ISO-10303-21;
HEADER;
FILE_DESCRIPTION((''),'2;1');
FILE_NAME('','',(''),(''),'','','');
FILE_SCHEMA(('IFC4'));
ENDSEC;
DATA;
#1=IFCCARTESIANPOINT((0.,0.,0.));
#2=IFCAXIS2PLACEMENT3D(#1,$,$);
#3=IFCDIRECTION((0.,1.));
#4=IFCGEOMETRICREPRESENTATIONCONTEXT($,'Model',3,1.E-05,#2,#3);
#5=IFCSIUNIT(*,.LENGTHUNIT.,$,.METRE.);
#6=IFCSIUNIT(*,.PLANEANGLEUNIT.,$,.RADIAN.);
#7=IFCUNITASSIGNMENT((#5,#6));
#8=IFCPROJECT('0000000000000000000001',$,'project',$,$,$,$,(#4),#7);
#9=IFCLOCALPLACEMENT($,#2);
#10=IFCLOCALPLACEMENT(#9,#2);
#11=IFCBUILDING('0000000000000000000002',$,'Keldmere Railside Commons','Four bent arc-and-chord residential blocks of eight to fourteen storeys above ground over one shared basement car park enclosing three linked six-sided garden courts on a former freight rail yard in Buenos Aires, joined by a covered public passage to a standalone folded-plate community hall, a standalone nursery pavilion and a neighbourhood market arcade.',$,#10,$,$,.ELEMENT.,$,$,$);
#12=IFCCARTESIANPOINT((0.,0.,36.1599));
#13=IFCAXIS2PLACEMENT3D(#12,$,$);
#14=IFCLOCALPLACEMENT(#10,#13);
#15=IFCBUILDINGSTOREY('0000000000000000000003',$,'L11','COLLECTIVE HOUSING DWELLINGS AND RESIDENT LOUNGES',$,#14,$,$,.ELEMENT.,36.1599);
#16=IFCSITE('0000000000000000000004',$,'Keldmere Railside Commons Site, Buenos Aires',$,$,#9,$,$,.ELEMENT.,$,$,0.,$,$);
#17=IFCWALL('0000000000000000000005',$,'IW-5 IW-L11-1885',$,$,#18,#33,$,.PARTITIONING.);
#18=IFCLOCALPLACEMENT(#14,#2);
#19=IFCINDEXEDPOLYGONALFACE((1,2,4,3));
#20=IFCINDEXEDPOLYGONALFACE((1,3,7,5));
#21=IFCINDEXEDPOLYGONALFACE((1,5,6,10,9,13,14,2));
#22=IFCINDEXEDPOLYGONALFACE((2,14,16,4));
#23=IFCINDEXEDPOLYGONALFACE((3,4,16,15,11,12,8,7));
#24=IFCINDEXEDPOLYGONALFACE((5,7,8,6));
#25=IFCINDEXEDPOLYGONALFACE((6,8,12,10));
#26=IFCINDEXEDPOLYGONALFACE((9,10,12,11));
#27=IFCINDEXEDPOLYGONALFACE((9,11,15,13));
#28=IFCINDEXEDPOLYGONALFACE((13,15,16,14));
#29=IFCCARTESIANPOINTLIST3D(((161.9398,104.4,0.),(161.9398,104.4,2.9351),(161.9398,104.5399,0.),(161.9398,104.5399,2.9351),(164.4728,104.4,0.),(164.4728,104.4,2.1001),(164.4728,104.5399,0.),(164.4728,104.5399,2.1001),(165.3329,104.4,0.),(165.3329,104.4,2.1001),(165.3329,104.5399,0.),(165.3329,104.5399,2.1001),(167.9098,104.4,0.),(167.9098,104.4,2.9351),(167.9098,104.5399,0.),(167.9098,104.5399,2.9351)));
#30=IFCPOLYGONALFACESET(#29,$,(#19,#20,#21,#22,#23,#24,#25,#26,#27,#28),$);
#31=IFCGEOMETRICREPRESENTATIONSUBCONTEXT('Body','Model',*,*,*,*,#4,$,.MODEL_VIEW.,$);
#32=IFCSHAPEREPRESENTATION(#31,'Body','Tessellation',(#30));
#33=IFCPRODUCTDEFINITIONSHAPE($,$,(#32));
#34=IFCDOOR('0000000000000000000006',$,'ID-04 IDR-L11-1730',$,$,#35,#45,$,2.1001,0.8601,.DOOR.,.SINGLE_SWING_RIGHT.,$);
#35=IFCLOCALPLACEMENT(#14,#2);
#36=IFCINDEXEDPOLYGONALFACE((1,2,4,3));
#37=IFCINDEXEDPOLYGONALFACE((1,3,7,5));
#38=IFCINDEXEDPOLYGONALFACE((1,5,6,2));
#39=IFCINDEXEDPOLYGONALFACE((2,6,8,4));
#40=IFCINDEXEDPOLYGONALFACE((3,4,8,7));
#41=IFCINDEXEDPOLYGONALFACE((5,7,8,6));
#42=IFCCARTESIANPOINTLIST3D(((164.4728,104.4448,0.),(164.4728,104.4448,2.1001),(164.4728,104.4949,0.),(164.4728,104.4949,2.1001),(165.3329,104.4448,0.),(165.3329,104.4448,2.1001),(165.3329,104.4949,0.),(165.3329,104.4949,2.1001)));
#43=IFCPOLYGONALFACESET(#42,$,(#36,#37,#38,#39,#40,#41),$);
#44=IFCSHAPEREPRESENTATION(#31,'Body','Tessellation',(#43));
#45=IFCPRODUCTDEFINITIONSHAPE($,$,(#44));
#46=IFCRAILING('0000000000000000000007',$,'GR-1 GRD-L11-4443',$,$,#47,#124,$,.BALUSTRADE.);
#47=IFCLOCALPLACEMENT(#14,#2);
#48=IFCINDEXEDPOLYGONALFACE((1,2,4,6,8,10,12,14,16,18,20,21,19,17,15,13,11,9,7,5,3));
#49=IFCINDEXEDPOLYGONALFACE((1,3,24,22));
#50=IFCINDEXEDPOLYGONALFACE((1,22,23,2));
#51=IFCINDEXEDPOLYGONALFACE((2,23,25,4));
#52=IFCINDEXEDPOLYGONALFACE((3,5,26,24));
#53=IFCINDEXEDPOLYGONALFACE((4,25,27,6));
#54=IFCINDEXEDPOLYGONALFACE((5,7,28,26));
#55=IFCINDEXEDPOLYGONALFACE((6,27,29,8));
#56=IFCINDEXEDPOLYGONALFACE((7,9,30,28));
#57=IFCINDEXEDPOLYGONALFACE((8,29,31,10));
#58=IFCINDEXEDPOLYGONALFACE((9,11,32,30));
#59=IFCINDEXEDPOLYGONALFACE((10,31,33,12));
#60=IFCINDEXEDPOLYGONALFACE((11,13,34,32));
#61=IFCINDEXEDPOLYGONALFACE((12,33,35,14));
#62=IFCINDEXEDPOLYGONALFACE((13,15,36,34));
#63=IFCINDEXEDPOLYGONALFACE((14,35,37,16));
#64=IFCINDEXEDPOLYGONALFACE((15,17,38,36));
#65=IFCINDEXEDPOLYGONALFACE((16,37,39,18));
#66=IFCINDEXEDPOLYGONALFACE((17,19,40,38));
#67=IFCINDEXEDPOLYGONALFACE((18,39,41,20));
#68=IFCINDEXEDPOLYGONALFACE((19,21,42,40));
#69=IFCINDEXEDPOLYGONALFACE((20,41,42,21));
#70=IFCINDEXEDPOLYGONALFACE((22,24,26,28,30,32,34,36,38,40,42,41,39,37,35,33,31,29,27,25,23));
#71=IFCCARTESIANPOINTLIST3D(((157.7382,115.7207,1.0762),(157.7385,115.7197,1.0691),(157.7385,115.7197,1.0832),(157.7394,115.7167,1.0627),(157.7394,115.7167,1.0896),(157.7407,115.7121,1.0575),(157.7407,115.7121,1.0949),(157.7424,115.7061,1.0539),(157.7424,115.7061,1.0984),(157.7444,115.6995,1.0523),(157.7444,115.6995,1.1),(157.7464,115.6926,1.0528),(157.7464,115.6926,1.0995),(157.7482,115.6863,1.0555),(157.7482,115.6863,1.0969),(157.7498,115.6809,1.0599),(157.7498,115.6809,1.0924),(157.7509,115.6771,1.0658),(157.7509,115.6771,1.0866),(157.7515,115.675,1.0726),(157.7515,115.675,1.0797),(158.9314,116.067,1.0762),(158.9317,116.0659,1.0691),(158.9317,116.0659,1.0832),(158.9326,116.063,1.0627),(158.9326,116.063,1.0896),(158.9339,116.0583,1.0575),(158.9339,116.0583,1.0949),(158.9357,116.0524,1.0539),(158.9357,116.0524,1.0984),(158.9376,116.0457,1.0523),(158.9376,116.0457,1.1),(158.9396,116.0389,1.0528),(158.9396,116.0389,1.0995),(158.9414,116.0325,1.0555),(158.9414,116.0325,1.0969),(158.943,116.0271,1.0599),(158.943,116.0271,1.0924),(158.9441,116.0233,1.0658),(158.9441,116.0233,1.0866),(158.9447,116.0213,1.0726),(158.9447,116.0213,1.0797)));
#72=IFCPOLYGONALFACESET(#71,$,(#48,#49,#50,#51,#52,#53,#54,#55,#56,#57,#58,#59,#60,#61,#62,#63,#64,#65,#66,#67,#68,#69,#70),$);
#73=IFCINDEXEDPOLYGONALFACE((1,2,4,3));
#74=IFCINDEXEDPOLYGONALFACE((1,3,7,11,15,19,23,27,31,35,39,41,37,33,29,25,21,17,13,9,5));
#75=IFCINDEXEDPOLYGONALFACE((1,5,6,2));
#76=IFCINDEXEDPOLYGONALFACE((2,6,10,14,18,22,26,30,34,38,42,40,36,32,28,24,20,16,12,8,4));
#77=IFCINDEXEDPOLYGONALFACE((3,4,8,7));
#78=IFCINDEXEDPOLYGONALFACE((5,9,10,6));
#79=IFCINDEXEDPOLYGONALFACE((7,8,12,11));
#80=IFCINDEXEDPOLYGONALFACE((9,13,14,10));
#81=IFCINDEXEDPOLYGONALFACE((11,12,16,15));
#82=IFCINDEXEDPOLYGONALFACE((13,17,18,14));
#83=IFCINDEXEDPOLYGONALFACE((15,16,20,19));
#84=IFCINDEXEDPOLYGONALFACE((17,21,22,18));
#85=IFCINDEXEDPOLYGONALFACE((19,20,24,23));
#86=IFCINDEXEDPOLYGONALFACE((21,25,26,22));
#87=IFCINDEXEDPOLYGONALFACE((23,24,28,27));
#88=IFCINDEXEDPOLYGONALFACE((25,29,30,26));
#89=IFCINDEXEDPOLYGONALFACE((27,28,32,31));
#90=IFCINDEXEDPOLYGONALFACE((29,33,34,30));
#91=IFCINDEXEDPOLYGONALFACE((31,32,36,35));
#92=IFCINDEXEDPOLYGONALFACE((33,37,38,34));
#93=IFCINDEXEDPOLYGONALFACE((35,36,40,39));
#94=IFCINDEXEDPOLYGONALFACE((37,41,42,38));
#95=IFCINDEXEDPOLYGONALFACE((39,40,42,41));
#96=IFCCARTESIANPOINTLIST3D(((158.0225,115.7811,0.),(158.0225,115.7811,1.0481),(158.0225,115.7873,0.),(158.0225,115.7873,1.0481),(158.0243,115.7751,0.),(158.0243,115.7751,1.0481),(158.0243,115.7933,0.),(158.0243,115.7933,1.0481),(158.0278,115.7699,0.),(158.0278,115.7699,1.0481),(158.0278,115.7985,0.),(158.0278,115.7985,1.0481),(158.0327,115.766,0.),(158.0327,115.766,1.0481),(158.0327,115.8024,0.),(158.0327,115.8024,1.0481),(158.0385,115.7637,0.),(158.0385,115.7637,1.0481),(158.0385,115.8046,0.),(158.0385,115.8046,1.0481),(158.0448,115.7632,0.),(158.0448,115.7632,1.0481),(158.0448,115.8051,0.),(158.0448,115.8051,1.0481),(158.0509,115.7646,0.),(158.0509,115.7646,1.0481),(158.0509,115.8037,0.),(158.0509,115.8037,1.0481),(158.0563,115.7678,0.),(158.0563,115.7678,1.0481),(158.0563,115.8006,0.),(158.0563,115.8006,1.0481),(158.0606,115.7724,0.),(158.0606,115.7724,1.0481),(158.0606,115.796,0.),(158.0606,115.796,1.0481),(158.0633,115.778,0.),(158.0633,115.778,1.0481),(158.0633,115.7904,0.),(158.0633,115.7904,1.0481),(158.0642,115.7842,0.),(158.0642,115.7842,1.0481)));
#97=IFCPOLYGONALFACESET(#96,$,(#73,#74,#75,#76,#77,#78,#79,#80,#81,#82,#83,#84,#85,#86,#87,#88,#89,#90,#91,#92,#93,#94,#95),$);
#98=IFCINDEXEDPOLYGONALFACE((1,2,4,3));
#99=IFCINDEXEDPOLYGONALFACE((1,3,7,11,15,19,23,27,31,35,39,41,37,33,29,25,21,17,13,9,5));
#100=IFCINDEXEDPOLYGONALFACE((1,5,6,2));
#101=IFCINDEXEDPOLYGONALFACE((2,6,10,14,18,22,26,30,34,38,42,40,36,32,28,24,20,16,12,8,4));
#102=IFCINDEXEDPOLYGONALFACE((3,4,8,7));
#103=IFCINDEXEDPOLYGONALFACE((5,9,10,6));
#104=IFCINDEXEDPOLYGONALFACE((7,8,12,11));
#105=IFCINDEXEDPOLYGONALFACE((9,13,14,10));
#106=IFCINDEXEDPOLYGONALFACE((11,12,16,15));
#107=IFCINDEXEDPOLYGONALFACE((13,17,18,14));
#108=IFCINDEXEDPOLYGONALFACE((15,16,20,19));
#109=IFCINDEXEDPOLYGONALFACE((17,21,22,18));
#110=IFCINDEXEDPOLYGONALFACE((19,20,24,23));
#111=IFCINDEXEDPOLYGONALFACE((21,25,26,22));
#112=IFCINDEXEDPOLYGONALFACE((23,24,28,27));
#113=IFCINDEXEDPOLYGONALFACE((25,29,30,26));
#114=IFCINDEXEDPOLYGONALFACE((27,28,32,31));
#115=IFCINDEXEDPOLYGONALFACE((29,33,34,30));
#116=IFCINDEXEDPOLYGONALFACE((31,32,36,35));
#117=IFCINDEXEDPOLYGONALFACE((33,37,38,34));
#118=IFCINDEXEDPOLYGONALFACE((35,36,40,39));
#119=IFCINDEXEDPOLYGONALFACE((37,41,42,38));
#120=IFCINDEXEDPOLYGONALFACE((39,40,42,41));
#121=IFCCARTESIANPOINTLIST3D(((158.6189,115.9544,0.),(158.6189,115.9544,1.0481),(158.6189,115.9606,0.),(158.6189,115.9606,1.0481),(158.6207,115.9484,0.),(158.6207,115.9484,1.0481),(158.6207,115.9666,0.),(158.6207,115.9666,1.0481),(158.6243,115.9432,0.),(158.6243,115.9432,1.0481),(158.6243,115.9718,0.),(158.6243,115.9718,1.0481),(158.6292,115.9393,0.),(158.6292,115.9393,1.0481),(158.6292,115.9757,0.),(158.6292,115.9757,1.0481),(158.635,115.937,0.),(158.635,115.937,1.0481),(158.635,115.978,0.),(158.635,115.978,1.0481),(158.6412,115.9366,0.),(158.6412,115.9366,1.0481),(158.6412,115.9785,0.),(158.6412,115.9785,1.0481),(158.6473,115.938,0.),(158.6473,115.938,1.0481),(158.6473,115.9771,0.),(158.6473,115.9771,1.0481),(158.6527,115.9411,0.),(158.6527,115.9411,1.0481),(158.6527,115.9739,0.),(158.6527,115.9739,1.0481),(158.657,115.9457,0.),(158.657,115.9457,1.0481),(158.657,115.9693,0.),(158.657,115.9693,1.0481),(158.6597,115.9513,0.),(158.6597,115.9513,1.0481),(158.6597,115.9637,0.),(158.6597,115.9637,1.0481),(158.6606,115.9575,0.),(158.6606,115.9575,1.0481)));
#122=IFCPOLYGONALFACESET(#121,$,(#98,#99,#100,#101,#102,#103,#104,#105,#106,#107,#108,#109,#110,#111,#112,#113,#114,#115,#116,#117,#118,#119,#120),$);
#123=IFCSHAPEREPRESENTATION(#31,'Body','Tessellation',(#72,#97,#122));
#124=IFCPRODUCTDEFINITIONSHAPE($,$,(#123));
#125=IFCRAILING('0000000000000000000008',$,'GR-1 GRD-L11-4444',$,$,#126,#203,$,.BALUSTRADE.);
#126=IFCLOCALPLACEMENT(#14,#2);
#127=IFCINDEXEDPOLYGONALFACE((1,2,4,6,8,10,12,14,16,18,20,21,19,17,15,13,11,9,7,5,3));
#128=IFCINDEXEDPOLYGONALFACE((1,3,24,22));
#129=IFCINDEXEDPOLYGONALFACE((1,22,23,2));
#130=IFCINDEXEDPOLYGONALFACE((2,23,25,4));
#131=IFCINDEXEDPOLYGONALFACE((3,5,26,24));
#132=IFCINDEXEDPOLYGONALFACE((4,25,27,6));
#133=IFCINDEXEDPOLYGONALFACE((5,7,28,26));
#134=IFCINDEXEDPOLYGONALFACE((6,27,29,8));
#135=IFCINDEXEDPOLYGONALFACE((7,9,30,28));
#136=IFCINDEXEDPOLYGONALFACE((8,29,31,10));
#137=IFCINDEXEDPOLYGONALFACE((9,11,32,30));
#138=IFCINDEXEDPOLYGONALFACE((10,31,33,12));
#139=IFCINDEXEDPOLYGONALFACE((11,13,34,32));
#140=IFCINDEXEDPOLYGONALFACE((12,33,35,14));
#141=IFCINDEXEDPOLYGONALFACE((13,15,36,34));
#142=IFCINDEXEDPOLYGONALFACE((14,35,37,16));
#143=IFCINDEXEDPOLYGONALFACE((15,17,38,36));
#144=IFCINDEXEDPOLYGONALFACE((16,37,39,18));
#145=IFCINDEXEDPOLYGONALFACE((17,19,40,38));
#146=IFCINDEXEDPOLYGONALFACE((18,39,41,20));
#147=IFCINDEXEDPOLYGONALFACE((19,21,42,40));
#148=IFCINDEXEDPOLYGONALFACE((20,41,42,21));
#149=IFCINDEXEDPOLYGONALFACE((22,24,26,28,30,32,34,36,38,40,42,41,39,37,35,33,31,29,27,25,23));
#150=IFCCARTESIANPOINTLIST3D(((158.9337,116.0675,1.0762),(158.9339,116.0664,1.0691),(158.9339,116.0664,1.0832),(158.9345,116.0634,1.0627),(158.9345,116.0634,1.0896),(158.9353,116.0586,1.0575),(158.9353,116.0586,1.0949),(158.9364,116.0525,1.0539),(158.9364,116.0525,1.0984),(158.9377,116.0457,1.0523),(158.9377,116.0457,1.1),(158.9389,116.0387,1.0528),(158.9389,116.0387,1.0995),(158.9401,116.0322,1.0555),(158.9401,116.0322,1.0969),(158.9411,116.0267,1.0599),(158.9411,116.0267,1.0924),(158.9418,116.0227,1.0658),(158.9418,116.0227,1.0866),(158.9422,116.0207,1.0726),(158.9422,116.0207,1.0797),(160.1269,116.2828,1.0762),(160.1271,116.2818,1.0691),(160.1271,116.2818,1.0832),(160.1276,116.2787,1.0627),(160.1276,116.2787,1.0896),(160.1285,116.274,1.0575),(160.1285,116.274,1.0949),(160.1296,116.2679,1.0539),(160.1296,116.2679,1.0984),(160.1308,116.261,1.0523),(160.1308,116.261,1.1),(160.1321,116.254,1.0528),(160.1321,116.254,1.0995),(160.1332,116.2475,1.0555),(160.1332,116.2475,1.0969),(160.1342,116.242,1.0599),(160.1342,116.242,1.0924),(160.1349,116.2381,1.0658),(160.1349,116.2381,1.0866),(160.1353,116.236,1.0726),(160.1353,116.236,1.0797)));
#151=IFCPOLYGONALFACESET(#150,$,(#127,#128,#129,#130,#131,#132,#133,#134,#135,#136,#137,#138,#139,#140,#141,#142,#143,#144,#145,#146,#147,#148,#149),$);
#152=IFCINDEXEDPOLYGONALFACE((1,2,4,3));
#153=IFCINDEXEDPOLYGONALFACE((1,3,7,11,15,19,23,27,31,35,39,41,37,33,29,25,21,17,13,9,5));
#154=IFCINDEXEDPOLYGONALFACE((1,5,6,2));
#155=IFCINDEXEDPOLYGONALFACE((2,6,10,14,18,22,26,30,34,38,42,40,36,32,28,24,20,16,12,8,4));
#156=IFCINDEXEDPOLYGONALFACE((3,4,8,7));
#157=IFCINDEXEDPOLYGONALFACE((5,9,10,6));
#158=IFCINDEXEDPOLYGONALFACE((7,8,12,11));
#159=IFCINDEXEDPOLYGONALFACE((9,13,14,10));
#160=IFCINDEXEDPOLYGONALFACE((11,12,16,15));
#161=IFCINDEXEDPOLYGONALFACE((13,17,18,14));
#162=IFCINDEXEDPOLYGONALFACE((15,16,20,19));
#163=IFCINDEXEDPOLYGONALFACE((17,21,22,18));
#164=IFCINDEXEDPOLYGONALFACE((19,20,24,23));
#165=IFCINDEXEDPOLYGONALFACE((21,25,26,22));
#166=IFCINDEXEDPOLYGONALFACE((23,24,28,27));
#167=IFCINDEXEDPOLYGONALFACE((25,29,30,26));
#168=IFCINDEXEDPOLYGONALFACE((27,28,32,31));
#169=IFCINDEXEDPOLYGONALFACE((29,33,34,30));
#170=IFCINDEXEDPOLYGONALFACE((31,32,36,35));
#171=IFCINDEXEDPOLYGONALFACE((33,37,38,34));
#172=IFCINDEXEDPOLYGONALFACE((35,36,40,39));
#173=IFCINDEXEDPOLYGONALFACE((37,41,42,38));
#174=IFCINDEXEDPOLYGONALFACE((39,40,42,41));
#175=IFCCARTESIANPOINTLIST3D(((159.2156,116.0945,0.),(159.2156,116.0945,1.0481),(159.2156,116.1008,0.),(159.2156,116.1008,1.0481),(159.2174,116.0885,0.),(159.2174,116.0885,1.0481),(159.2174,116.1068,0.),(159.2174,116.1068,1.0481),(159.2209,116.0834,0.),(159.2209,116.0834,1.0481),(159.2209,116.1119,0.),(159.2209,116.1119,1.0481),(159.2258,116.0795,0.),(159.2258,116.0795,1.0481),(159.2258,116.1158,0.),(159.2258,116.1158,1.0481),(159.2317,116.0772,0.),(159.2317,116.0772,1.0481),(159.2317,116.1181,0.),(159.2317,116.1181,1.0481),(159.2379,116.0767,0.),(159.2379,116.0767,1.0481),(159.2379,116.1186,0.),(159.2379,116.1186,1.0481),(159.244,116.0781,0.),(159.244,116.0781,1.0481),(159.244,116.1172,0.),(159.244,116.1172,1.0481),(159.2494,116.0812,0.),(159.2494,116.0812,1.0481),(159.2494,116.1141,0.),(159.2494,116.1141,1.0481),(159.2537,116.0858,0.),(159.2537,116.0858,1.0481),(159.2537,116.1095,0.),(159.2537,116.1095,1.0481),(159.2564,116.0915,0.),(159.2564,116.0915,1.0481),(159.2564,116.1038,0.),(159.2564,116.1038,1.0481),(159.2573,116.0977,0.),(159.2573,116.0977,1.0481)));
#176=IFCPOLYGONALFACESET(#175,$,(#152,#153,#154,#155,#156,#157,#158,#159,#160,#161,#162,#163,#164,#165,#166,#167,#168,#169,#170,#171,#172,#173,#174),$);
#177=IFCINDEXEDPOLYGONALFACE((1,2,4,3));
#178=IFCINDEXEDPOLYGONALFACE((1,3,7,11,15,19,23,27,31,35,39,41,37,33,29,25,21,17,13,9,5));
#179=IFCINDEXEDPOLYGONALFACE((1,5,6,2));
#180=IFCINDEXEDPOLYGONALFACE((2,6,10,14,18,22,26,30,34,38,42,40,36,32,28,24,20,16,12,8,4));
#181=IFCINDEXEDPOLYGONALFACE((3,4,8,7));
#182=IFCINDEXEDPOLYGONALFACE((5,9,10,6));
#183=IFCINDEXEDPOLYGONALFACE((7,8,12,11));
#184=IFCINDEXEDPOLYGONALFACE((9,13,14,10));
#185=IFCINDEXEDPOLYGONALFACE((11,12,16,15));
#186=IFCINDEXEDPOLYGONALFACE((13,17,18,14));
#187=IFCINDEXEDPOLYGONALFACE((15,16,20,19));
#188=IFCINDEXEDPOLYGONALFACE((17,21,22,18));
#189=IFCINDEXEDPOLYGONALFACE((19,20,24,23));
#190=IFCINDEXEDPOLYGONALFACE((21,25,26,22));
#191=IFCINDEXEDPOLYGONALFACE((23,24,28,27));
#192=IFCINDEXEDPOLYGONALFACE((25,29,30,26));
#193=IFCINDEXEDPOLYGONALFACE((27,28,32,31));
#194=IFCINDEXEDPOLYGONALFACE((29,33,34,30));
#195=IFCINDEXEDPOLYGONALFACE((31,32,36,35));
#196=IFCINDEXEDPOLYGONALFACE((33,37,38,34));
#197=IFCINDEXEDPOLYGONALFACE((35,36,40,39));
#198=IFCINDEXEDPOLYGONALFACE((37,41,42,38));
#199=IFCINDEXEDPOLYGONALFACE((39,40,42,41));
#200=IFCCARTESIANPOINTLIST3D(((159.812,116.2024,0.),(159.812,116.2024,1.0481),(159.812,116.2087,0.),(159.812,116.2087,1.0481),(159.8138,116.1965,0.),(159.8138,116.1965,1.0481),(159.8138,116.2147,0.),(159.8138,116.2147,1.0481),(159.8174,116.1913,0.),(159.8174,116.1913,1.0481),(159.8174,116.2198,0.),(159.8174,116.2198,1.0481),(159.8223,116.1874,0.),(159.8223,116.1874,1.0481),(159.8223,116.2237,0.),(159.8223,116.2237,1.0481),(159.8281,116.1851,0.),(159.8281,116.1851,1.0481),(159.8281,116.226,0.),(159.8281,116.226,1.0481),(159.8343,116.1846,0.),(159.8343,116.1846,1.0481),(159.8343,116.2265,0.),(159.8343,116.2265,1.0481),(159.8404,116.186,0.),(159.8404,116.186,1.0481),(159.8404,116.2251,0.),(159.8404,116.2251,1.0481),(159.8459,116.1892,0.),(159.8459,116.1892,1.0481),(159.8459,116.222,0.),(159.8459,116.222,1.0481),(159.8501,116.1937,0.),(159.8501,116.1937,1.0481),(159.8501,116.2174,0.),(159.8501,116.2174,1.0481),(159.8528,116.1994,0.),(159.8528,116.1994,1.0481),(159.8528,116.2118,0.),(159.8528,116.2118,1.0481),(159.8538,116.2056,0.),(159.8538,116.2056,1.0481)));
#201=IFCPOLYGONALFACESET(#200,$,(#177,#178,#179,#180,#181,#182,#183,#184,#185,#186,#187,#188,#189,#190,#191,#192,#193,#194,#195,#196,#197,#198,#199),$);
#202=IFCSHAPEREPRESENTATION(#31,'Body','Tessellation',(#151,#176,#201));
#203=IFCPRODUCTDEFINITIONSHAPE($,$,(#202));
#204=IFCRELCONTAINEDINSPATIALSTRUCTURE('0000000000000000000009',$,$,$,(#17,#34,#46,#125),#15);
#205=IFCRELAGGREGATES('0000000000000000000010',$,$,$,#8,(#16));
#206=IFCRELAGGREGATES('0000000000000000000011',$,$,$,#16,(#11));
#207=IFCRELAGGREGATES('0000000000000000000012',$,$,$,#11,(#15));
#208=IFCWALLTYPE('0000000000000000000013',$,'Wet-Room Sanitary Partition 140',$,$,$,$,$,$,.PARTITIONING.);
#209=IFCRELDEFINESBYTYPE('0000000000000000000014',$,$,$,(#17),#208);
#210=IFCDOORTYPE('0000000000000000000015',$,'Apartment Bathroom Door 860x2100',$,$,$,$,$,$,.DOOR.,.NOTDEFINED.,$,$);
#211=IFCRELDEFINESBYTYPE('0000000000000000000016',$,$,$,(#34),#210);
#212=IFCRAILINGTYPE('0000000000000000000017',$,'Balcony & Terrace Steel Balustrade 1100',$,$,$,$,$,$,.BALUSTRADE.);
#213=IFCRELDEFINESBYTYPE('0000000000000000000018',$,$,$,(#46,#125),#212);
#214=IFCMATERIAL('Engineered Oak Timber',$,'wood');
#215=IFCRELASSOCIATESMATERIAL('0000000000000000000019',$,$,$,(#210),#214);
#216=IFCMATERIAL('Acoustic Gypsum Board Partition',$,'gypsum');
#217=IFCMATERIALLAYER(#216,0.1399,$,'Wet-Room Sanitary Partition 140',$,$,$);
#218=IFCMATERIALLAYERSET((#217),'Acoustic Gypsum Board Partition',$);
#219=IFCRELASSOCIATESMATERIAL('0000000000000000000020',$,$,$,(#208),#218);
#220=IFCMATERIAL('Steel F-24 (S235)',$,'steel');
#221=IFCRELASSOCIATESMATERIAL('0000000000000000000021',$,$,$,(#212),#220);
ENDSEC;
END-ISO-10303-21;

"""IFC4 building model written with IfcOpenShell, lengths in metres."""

from ifc_helpers import new_model, si_unit, direction, frame, frame_2d, origin, origin_2d, place, context, subcontext, project, spatial, rectangle, circle, extrude, material, layer, layer_set, type_object, element, fill, save


model = new_model("IFC4")

# Units and contexts
model_context = context("Model", 3, precision=1e-05, world=origin(), true_north=direction((0.0, 1.0)))
body_context = subcontext(model_context, "Body", "Model", "MODEL_VIEW")
ifc_project = project(units=[si_unit("LENGTHUNIT", "METRE"), si_unit("PLANEANGLEUNIT", "RADIAN")], contexts=[model_context])

# Site, building, storey
site_placement = place(None, origin())
site = spatial("IfcSite", under=ifc_project, at=site_placement, Name="Keldmere Railside Commons Site, Buenos Aires", CompositionType="ELEMENT", RefElevation=0.0)
building_placement = place(site_placement, origin())
building = spatial("IfcBuilding", under=site, at=building_placement, Name="Keldmere Railside Commons", Description="Four bent arc-and-chord residential blocks of eight to fourteen storeys above ground over one shared basement car park enclosing three linked six-sided garden courts on a former freight rail yard in Buenos Aires, joined by a covered public passage to a standalone folded-plate community hall, a standalone nursery pavilion and a neighbourhood market arcade.", CompositionType="ELEMENT")
storey_placement = place(building_placement, frame((0.0, 0.0, 36.1599)))
storey = spatial("IfcBuildingStorey", under=building, at=storey_placement, Name="L11", Description="COLLECTIVE HOUSING DWELLINGS AND RESIDENT LOUNGES", CompositionType="ELEMENT", Elevation=36.1599)

# Shared definitions
ifc_material_1 = material(Name="Acoustic Gypsum Board Partition", Category="gypsum")

# Shared definitions
ifc_material_2 = material(Name="Engineered Oak Timber", Category="wood")

# Shared definitions
door_type_1 = type_object("IfcDoorType", Name="Apartment Bathroom Door 860x2100", OperationType="NOTDEFINED", PredefinedType="DOOR", material=ifc_material_2)

# Wall, opening, door
ifc_layer_1 = layer(ifc_material_1, 0.1399, Name="Wet-Room Sanitary Partition 140")
ifc_layer_set_1 = layer_set([ifc_layer_1], Name="Acoustic Gypsum Board Partition")
wall_type_1 = type_object("IfcWallType", Name="Wet-Room Sanitary Partition 140", PredefinedType="PARTITIONING", material=ifc_layer_set_1)
wall_1_placement = place(storey_placement, frame((161.9399, 104.47, 0.0), z_axis=(0.0, 0.0, 1.0), x_axis=(1.0, 0.0, 0.0)))
wall_1 = element("IfcWall", 1, at=wall_1_placement, inside=storey, type_object=wall_type_1, Name="IW-5 IW-L11-1885", PredefinedType="PARTITIONING", context=body_context, shape_type="SweptSolid", body=[
    extrude(rectangle(XDim=5.97, YDim=0.1399, at=frame_2d((2.9849, 0.0))), origin(), (0.0, 0.0, 1.0), 2.9351),
])
opening_1_placement = place(wall_1_placement, frame((2.5327, 0.0, 0.0)))
opening_1 = element("IfcOpeningElement", 2, at=opening_1_placement, cuts=wall_1, PredefinedType="OPENING", context=body_context, shape_type="SweptSolid", body=[
    extrude(rectangle(XDim=0.8601, YDim=2.1001, at=frame_2d((0.4302, 1.05))), frame((0.0, 0.0798, 0.0), z_axis=(0.0, -1.0, 0.0), x_axis=(1.0, 0.0, 0.0)), (0.0, 0.0, 1.0), 0.1599),
])
door_1_placement = place(opening_1_placement, origin())
door_1 = element("IfcDoor", 3, at=door_1_placement, inside=storey, type_object=door_type_1, Name="ID-04 IDR-L11-1730", OperationType="SINGLE_SWING_RIGHT", OverallHeight=2.1001, OverallWidth=0.8601, PredefinedType="DOOR", context=body_context, shape_type="SweptSolid", body=[
    extrude(rectangle(XDim=0.8601, YDim=2.1001, at=frame_2d((0.4302, 1.05))), frame((0.0, 0.0249, 0.0), z_axis=(0.0, -1.0, 0.0), x_axis=(1.0, 0.0, 0.0)), (0.0, 0.0, 1.0), 0.05),
])
fill(opening_1, door_1)

# Railings
ifc_material_3 = material(Name="Steel F-24 (S235)", Category="steel")
railing_type = type_object("IfcRailingType", Name="Balcony & Terrace Steel Balustrade 1100", PredefinedType="BALUSTRADE", material=ifc_material_3)
railing_1_placement = place(storey_placement, frame((157.7449, 115.6978, 0.0)))
element("IfcRailing", 4, at=railing_1_placement, inside=storey, type_object=railing_type, Name="GR-1 GRD-L11-4443", PredefinedType="BALUSTRADE", context=body_context, shape_type="SweptSolid", body=[
    extrude(circle(Radius=0.0239, at=origin_2d()), frame((0.0, 0.0, 1.0762), z_axis=(0.960389, 0.278664, 0.0), x_axis=(-0.278664, 0.960389, 0.0)), (0.0, 0.0, 1.0), 1.2424),
    extrude(circle(Radius=0.021, at=origin_2d()), frame((0.2983, 0.0864, 0.0)), (0.0, 0.0, 1.0), 1.0481),
    extrude(circle(Radius=0.021, at=origin_2d()), frame((0.8948, 0.2598, 0.0)), (0.0, 0.0, 1.0), 1.0481),
])
railing_2_placement = place(storey_placement, frame((158.938, 116.0439, 0.0)))
element("IfcRailing", 5, at=railing_2_placement, inside=storey, type_object=railing_type, Name="GR-1 GRD-L11-4444", PredefinedType="BALUSTRADE", context=body_context, shape_type="SweptSolid", body=[
    extrude(circle(Radius=0.0239, at=origin_2d()), frame((0.0, 0.0, 1.0762), z_axis=(0.984101, 0.177609, 0.0), x_axis=(-0.177609, 0.984101, 0.0)), (0.0, 0.0, 1.0), 1.2124),
    extrude(circle(Radius=0.021, at=origin_2d()), frame((0.2983, 0.0537, 0.0)), (0.0, 0.0, 1.0), 1.0481),
    extrude(circle(Radius=0.021, at=origin_2d()), frame((0.8948, 0.1616, 0.0)), (0.0, 0.0, 1.0), 1.0481),
])

save(model, "model.ifc")
